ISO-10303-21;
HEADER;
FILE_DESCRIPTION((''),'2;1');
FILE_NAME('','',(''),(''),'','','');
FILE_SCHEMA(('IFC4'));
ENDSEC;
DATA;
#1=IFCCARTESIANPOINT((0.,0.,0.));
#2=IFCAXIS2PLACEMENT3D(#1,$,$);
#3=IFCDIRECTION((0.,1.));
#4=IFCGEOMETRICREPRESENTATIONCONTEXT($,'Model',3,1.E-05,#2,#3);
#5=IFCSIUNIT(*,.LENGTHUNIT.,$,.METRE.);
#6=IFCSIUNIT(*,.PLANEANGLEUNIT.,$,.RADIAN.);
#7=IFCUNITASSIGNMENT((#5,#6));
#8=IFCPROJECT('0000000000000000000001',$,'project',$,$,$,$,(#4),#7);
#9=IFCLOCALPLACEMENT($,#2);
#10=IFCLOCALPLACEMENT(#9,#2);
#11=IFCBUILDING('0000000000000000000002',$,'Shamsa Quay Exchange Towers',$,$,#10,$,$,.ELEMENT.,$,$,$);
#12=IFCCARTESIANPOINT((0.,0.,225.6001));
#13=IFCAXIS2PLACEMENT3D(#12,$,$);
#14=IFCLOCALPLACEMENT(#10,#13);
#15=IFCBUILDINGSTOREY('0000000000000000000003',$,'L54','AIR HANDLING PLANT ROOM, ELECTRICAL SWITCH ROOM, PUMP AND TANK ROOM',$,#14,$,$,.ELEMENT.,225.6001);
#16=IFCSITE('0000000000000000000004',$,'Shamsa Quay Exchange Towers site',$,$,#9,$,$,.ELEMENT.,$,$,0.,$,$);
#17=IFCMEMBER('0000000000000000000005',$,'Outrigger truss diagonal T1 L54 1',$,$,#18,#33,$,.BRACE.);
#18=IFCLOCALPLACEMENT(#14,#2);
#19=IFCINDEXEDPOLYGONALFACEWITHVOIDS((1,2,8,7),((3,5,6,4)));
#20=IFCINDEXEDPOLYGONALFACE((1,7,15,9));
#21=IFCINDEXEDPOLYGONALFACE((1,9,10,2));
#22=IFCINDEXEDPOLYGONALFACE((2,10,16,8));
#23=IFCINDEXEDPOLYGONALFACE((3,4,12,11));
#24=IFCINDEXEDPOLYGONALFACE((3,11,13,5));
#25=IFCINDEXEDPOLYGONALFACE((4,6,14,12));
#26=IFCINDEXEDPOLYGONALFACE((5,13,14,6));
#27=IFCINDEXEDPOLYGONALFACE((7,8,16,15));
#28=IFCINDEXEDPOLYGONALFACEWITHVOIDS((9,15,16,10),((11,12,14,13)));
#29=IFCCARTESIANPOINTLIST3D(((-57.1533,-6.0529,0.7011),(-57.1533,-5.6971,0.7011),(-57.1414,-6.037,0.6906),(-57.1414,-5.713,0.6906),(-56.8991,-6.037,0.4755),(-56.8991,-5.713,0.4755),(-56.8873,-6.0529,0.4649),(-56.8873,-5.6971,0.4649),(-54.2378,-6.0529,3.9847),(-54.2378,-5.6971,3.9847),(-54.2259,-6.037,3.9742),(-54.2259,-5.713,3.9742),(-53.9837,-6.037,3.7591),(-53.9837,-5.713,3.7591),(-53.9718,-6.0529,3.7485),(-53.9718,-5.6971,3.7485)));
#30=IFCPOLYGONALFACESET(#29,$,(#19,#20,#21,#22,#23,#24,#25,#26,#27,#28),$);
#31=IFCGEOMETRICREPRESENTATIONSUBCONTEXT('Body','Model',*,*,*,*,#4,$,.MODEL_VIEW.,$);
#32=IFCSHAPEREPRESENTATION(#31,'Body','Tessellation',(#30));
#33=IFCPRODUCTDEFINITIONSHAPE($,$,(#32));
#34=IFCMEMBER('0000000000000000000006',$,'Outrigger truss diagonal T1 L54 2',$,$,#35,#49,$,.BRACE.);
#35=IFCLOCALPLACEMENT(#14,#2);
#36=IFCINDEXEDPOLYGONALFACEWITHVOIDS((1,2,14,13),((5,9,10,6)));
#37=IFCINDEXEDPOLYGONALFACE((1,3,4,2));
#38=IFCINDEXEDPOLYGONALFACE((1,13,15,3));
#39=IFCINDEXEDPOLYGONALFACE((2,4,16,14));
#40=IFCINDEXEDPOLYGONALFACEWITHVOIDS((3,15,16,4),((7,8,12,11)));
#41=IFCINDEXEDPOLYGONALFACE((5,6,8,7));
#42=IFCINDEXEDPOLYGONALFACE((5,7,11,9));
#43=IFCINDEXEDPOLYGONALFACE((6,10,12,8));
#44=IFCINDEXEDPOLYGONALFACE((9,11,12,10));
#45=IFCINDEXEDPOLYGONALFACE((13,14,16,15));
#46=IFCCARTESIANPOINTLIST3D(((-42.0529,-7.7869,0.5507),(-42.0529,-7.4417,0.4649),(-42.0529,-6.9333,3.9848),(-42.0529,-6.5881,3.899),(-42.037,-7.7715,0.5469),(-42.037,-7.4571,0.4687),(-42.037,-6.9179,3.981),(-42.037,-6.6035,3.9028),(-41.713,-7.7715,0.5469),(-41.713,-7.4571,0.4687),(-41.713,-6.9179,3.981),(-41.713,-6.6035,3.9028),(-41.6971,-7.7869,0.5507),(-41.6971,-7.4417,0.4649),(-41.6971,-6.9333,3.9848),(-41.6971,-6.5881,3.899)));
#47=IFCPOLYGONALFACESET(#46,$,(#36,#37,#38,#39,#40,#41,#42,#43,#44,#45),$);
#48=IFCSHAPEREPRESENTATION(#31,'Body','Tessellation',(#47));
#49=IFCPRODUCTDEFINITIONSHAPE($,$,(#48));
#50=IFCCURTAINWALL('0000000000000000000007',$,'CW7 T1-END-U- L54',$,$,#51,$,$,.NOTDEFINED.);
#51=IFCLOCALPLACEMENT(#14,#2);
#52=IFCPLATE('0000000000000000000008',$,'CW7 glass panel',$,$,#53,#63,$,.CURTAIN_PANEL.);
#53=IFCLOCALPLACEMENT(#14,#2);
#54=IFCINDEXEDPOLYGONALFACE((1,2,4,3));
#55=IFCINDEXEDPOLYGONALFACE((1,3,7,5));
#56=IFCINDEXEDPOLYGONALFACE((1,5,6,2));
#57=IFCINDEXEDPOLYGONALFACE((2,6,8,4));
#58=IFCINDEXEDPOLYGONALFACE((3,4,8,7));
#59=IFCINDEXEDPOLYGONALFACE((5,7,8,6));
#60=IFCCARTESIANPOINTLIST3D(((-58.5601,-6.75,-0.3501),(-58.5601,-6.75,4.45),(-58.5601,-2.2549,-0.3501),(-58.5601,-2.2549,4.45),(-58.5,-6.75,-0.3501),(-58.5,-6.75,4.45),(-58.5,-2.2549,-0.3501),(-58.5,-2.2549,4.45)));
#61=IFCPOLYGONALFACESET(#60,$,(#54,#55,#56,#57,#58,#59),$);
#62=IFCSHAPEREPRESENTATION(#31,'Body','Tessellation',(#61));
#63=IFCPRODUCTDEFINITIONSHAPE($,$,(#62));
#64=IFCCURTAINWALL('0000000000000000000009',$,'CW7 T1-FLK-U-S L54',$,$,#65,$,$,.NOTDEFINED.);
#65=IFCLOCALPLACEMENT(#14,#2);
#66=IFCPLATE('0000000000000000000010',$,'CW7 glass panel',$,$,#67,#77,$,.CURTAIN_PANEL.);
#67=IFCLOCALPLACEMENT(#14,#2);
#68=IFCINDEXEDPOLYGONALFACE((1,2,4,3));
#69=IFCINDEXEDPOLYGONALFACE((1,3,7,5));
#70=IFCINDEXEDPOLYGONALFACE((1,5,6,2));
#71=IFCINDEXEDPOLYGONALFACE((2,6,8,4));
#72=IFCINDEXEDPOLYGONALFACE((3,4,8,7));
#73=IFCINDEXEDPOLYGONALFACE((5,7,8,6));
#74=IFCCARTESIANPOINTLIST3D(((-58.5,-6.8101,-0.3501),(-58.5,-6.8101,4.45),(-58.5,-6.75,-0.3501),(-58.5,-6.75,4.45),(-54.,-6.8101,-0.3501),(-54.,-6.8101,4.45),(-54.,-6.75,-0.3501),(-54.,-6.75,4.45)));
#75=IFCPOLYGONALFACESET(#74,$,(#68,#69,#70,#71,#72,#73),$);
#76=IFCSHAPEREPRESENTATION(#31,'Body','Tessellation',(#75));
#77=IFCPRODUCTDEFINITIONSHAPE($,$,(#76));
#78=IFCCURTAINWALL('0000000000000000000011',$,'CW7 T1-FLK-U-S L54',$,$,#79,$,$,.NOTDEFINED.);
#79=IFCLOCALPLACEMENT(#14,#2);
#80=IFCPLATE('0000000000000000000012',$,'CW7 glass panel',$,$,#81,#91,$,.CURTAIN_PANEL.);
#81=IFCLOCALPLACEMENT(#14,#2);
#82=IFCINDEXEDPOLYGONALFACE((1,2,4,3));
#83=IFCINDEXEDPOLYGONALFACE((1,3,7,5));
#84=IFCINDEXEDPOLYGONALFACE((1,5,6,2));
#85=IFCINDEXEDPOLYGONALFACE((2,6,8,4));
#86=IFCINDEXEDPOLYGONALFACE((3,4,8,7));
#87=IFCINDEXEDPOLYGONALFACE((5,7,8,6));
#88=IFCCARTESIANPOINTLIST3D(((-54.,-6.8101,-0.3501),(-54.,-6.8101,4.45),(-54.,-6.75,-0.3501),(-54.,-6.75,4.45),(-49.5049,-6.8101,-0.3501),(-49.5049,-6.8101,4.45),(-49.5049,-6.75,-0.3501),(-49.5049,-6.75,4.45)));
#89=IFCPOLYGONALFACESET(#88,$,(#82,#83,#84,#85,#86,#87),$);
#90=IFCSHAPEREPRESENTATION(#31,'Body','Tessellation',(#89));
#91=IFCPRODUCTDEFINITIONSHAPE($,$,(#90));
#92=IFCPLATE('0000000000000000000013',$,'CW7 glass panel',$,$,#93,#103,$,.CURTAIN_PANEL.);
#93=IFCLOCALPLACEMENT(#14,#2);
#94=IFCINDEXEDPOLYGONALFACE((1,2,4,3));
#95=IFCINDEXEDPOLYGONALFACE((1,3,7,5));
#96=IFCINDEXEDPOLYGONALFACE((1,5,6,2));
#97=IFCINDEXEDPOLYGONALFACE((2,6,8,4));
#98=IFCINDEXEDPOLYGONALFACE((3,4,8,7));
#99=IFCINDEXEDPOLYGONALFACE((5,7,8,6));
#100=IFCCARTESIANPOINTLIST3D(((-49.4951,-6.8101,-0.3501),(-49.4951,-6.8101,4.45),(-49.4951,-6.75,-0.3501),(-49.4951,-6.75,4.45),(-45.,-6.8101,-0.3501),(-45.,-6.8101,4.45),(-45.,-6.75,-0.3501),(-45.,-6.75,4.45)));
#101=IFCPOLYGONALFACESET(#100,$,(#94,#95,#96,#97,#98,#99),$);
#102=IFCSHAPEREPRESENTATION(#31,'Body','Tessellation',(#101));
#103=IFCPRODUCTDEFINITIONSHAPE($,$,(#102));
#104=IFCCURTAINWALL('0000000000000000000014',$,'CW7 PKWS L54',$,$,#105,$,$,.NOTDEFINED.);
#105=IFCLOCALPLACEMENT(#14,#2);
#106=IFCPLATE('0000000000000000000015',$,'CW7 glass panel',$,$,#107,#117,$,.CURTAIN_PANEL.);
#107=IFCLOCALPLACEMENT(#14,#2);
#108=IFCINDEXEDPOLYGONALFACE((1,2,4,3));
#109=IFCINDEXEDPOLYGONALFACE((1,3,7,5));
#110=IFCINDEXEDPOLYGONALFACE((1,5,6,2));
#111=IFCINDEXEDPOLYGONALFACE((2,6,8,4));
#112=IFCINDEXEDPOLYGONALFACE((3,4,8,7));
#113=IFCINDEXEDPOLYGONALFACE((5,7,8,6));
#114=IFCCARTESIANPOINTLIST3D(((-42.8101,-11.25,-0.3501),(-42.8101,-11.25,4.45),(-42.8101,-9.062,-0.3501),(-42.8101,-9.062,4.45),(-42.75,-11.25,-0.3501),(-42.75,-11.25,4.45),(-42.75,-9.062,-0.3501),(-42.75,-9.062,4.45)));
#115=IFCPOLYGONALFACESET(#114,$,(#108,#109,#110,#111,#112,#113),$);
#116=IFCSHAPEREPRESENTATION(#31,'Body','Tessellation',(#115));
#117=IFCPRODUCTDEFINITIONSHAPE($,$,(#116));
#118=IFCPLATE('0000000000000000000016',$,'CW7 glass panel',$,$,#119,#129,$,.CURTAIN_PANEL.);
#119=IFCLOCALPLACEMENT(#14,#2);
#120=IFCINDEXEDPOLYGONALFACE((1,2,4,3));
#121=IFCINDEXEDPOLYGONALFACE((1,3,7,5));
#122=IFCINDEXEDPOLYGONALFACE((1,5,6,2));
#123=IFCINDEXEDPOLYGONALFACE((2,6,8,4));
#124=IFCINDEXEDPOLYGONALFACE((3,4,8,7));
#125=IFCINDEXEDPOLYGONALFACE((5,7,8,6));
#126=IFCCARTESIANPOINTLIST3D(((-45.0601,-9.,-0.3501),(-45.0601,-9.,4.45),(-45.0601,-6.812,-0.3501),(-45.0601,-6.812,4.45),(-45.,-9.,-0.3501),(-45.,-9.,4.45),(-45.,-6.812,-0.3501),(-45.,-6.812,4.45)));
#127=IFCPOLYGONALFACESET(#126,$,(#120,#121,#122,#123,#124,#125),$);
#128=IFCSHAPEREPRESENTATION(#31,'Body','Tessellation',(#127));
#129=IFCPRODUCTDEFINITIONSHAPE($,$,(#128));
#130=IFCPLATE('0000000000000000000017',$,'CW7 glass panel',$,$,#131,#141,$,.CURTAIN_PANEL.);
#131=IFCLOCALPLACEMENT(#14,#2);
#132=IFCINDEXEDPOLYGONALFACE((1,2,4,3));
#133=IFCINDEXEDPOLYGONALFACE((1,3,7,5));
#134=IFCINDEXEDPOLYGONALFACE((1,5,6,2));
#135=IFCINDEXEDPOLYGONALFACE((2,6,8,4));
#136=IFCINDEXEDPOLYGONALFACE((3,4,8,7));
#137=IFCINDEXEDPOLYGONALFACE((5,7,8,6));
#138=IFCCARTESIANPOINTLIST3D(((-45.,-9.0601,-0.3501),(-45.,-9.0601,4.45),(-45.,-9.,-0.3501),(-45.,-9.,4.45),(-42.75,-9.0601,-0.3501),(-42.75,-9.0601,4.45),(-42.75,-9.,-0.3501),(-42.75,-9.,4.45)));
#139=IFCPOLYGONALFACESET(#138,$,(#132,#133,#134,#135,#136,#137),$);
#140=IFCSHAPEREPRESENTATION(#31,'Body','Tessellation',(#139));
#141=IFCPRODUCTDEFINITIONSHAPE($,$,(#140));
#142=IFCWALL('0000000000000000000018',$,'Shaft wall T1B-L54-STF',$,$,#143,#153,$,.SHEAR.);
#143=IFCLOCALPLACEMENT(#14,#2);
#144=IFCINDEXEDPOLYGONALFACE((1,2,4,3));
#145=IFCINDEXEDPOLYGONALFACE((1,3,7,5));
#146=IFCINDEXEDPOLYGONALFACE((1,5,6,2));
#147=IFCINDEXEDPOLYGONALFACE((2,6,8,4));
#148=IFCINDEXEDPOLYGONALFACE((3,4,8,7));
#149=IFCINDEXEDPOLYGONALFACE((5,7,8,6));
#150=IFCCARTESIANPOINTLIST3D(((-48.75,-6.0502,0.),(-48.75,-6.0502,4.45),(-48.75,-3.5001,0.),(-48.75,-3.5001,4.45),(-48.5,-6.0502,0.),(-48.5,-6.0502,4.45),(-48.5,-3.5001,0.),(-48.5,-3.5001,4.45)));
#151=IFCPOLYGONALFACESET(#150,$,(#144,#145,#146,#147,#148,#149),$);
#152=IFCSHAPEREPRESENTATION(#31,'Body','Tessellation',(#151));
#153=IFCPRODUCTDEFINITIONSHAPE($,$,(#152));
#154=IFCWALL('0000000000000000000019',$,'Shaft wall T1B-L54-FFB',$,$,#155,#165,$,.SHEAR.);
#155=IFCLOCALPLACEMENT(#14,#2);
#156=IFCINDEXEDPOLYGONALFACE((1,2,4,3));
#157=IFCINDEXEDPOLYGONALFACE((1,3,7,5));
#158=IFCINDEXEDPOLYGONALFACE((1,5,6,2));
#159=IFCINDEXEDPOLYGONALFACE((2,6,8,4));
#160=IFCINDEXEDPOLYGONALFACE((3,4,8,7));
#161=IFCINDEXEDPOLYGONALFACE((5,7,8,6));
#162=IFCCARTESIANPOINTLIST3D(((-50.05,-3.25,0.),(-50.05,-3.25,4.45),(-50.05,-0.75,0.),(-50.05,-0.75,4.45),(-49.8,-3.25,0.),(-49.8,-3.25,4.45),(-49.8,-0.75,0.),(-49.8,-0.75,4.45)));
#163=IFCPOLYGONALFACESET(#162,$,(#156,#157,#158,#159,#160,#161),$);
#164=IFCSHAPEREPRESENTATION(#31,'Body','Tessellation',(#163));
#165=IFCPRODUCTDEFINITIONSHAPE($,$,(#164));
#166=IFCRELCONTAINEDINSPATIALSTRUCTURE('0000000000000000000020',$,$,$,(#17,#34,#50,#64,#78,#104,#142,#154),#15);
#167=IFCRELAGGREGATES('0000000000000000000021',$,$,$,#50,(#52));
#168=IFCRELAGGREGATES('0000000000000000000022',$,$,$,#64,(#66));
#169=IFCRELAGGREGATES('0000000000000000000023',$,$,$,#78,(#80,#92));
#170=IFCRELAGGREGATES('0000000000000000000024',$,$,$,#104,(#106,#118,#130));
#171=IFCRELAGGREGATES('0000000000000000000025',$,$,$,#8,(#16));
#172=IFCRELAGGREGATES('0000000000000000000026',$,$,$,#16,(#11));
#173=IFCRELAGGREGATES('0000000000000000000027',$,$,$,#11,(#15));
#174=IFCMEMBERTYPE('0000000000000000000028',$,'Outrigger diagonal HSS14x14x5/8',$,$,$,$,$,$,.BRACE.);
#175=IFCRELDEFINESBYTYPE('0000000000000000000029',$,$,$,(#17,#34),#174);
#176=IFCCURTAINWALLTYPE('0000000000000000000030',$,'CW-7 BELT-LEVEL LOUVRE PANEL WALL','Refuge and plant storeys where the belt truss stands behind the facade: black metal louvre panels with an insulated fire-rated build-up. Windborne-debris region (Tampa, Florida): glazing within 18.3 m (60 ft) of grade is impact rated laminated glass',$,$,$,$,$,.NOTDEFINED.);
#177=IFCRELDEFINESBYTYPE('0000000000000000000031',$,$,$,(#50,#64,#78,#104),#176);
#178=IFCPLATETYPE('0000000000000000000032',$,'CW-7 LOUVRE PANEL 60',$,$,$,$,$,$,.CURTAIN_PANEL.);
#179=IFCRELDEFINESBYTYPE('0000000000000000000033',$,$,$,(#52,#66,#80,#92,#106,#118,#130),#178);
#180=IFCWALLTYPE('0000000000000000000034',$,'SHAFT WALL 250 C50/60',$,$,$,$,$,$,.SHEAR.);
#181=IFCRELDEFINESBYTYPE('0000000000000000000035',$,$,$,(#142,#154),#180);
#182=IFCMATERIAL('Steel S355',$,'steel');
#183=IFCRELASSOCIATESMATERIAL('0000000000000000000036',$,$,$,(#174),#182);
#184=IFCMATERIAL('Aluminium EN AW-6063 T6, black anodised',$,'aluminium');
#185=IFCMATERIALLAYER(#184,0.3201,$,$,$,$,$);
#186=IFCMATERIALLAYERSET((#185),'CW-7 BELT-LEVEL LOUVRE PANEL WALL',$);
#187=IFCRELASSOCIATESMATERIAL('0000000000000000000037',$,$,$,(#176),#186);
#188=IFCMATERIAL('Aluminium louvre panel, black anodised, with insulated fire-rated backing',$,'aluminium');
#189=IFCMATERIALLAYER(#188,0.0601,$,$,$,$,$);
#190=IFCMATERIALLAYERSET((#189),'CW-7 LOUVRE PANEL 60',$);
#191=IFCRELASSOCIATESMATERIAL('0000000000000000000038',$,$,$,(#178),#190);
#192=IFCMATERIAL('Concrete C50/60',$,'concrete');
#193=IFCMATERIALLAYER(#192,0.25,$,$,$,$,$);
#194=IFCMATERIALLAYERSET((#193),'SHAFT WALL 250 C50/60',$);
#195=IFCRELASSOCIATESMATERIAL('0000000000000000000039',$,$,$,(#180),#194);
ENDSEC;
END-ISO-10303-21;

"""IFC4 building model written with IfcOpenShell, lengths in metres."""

from ifc_helpers import new_model, si_unit, direction, frame, frame_2d, origin, origin_2d, place, context, subcontext, project, spatial, rectangle, hollow_rectangle, extrude, material, layer, layer_set, material_profile, profile_set, type_object, element, aggregate, save


model = new_model("IFC4")

# Units and contexts
model_context = context("Model", 3, precision=1e-05, world=origin(), true_north=direction((0.0, 1.0)))
body_context = subcontext(model_context, "Body", "Model", "MODEL_VIEW")
ifc_project = project(units=[si_unit("LENGTHUNIT", "METRE"), si_unit("PLANEANGLEUNIT", "RADIAN")], contexts=[model_context])

# Site, building, storey
site_placement = place(None, origin())
site = spatial("IfcSite", under=ifc_project, at=site_placement, Name="Shamsa Quay Exchange Towers site", CompositionType="ELEMENT", RefElevation=0.0)
building_placement = place(site_placement, origin())
building = spatial("IfcBuilding", under=site, at=building_placement, Name="Shamsa Quay Exchange Towers", CompositionType="ELEMENT")
storey_placement = place(building_placement, frame((0.0, 0.0, 225.6001)))
storey = spatial("IfcBuildingStorey", under=building, at=storey_placement, Name="L54", Description="AIR HANDLING PLANT ROOM, ELECTRICAL SWITCH ROOM, PUMP AND TANK ROOM", CompositionType="ELEMENT", Elevation=225.6001)

# Shared definitions
ifc_material_1 = material(Name="Steel S355", Category="steel")

# Members
ifc_material_profile_1 = material_profile(ifc_material_1, hollow_rectangle(XDim=0.3557, YDim=0.3557, WallThickness=0.0159, at=origin_2d()), Name="HSS14x14x5/8")
ifc_profile_set_1 = profile_set([ifc_material_profile_1], Name="Steel S355")
member_type_1 = type_object("IfcMemberType", Name="Outrigger diagonal HSS14x14x5/8", PredefinedType="BRACE", material=ifc_profile_set_1)
member_1_placement = place(storey_placement, frame((-57.0203, -5.875, 0.583), z_axis=(0.663943, 0.0, 0.747783), x_axis=(0.0, 1.0, 0.0)))
element("IfcMember", 1, at=member_1_placement, inside=storey, type_object=member_type_1, Name="Outrigger truss diagonal T1 L54 1", PredefinedType="BRACE", context=body_context, shape_type="SweptSolid", body=[
    extrude(hollow_rectangle(XDim=0.3557, YDim=0.3557, WallThickness=0.0159, at=origin_2d()), origin(), (0.0, 0.0, 1.0), 4.3911),
])
member_2_placement = place(storey_placement, frame((-41.875, -7.6143, 0.5078), z_axis=(0.0, 0.241204, 0.970474), x_axis=(-1.0, 0.0, 0.0)))
element("IfcMember", 2, at=member_2_placement, inside=storey, type_object=member_type_1, Name="Outrigger truss diagonal T1 L54 2", PredefinedType="BRACE", context=body_context, shape_type="SweptSolid", body=[
    extrude(hollow_rectangle(XDim=0.3557, YDim=0.3557, WallThickness=0.0159, at=origin_2d()), origin(), (0.0, 0.0, 1.0), 3.5386),
])

# Curtain walls, plates
ifc_material_2 = material(Name="Aluminium EN AW-6063 T6, black anodised", Category="aluminium")
ifc_layer_1 = layer(ifc_material_2, 0.3201)
ifc_layer_set_1 = layer_set([ifc_layer_1], Name="CW-7 BELT-LEVEL LOUVRE PANEL WALL")
curtain_wall_type = type_object("IfcCurtainWallType", Name="CW-7 BELT-LEVEL LOUVRE PANEL WALL", Description="Refuge and plant storeys where the belt truss stands behind the facade: black metal louvre panels with an insulated fire-rated build-up. Windborne-debris region (Tampa, Florida): glazing within 18.3 m (60 ft) of grade is impact rated laminated glass", PredefinedType="NOTDEFINED", material=ifc_layer_set_1)
curtain_wall_1_placement = place(storey_placement, origin())
curtain_wall_1 = element("IfcCurtainWall", 3, at=curtain_wall_1_placement, inside=storey, type_object=curtain_wall_type, Name="CW7 T1-END-U- L54", PredefinedType="NOTDEFINED")
ifc_material_3 = material(Name="Aluminium louvre panel, black anodised, with insulated fire-rated backing", Category="aluminium")
ifc_layer_2 = layer(ifc_material_3, 0.0601)
ifc_layer_set_2 = layer_set([ifc_layer_2], Name="CW-7 LOUVRE PANEL 60")
plate_type = type_object("IfcPlateType", Name="CW-7 LOUVRE PANEL 60", PredefinedType="CURTAIN_PANEL", material=ifc_layer_set_2)
plate_1_placement = place(storey_placement, frame((-58.53, -4.5024, -0.3501), z_axis=(0.0, 0.0, 1.0), x_axis=(0.0, -1.0, 0.0)))
plate_1 = element("IfcPlate", 4, at=plate_1_placement, type_object=plate_type, Name="CW7 glass panel", PredefinedType="CURTAIN_PANEL", context=body_context, shape_type="SweptSolid", body=[
    extrude(rectangle(XDim=4.4951, YDim=0.0601, at=origin_2d()), origin(), (0.0, 0.0, 1.0), 4.8),
])
aggregate(curtain_wall_1, [plate_1])
curtain_wall_2_placement = place(storey_placement, origin())
curtain_wall_2 = element("IfcCurtainWall", 5, at=curtain_wall_2_placement, inside=storey, type_object=curtain_wall_type, Name="CW7 T1-FLK-U-S L54", PredefinedType="NOTDEFINED")
plate_2_placement = place(storey_placement, frame((-56.25, -6.78, -0.3501)))
plate_2 = element("IfcPlate", 6, at=plate_2_placement, type_object=plate_type, Name="CW7 glass panel", PredefinedType="CURTAIN_PANEL", context=body_context, shape_type="SweptSolid", body=[
    extrude(rectangle(XDim=4.5, YDim=0.0601, at=origin_2d()), origin(), (0.0, 0.0, 1.0), 4.8),
])
aggregate(curtain_wall_2, [plate_2])

# Curtain walls, plates
curtain_wall_3_placement = place(storey_placement, origin())
curtain_wall_3 = element("IfcCurtainWall", 7, at=curtain_wall_3_placement, inside=storey, type_object=curtain_wall_type, Name="CW7 T1-FLK-U-S L54", PredefinedType="NOTDEFINED")
plate_3_placement = place(storey_placement, frame((-51.7524, -6.78, -0.3501)))
plate_3 = element("IfcPlate", 8, at=plate_3_placement, type_object=plate_type, Name="CW7 glass panel", PredefinedType="CURTAIN_PANEL", context=body_context, shape_type="SweptSolid", body=[
    extrude(rectangle(XDim=4.4951, YDim=0.0601, at=origin_2d()), origin(), (0.0, 0.0, 1.0), 4.8),
])
plate_4_placement = place(storey_placement, frame((-47.2476, -6.78, -0.3501)))
plate_4 = element("IfcPlate", 9, at=plate_4_placement, type_object=plate_type, Name="CW7 glass panel", PredefinedType="CURTAIN_PANEL", context=body_context, shape_type="SweptSolid", body=[
    extrude(rectangle(XDim=4.4951, YDim=0.0601, at=origin_2d()), origin(), (0.0, 0.0, 1.0), 4.8),
])
aggregate(curtain_wall_3, [plate_3, plate_4])
curtain_wall_4_placement = place(storey_placement, origin())
curtain_wall_4 = element("IfcCurtainWall", 10, at=curtain_wall_4_placement, inside=storey, type_object=curtain_wall_type, Name="CW7 PKWS L54", PredefinedType="NOTDEFINED")
plate_5_placement = place(storey_placement, frame((-42.78, -10.156, -0.3501), z_axis=(0.0, 0.0, 1.0), x_axis=(0.0, -1.0, 0.0)))
plate_5 = element("IfcPlate", 11, at=plate_5_placement, type_object=plate_type, Name="CW7 glass panel", PredefinedType="CURTAIN_PANEL", context=body_context, shape_type="SweptSolid", body=[
    extrude(rectangle(XDim=2.188, YDim=0.0601, at=origin_2d()), origin(), (0.0, 0.0, 1.0), 4.8),
])
plate_6_placement = place(storey_placement, frame((-45.03, -7.906, -0.3501), z_axis=(0.0, 0.0, 1.0), x_axis=(0.0, -1.0, 0.0)))
plate_6 = element("IfcPlate", 12, at=plate_6_placement, type_object=plate_type, Name="CW7 glass panel", PredefinedType="CURTAIN_PANEL", context=body_context, shape_type="SweptSolid", body=[
    extrude(rectangle(XDim=2.188, YDim=0.0601, at=origin_2d()), origin(), (0.0, 0.0, 1.0), 4.8),
])
plate_7_placement = place(storey_placement, frame((-43.875, -9.03, -0.3501)))
plate_7 = element("IfcPlate", 13, at=plate_7_placement, type_object=plate_type, Name="CW7 glass panel", PredefinedType="CURTAIN_PANEL", context=body_context, shape_type="SweptSolid", body=[
    extrude(rectangle(XDim=2.25, YDim=0.0601, at=origin_2d()), origin(), (0.0, 0.0, 1.0), 4.8),
])
aggregate(curtain_wall_4, [plate_5, plate_6, plate_7])

# Wall
ifc_material_4 = material(Name="Concrete C50/60", Category="concrete")
ifc_layer_3 = layer(ifc_material_4, 0.25)
ifc_layer_set_3 = layer_set([ifc_layer_3], Name="SHAFT WALL 250 C50/60")
wall_type_1 = type_object("IfcWallType", Name="SHAFT WALL 250 C50/60", PredefinedType="SHEAR", material=ifc_layer_set_3)
wall_1_placement = place(storey_placement, frame((-48.625, -6.05, 0.0), z_axis=(0.0, 0.0, 1.0), x_axis=(0.0, 1.0, 0.0)))
element("IfcWall", 14, at=wall_1_placement, inside=storey, type_object=wall_type_1, Name="Shaft wall T1B-L54-STF", PredefinedType="SHEAR", context=body_context, shape_type="SweptSolid", body=[
    extrude(rectangle(XDim=2.55, YDim=0.25, at=frame_2d((1.2749, 0.0))), origin(), (0.0, 0.0, 1.0), 4.45),
])

# Wall
wall_2_placement = place(storey_placement, frame((-49.925, -3.25, 0.0), z_axis=(0.0, 0.0, 1.0), x_axis=(0.0, 1.0, 0.0)))
element("IfcWall", 15, at=wall_2_placement, inside=storey, type_object=wall_type_1, Name="Shaft wall T1B-L54-FFB", PredefinedType="SHEAR", context=body_context, shape_type="SweptSolid", body=[
    extrude(rectangle(XDim=2.5, YDim=0.25, at=frame_2d((1.25, 0.0))), origin(), (0.0, 0.0, 1.0), 4.45),
])

save(model, "model.ifc")
